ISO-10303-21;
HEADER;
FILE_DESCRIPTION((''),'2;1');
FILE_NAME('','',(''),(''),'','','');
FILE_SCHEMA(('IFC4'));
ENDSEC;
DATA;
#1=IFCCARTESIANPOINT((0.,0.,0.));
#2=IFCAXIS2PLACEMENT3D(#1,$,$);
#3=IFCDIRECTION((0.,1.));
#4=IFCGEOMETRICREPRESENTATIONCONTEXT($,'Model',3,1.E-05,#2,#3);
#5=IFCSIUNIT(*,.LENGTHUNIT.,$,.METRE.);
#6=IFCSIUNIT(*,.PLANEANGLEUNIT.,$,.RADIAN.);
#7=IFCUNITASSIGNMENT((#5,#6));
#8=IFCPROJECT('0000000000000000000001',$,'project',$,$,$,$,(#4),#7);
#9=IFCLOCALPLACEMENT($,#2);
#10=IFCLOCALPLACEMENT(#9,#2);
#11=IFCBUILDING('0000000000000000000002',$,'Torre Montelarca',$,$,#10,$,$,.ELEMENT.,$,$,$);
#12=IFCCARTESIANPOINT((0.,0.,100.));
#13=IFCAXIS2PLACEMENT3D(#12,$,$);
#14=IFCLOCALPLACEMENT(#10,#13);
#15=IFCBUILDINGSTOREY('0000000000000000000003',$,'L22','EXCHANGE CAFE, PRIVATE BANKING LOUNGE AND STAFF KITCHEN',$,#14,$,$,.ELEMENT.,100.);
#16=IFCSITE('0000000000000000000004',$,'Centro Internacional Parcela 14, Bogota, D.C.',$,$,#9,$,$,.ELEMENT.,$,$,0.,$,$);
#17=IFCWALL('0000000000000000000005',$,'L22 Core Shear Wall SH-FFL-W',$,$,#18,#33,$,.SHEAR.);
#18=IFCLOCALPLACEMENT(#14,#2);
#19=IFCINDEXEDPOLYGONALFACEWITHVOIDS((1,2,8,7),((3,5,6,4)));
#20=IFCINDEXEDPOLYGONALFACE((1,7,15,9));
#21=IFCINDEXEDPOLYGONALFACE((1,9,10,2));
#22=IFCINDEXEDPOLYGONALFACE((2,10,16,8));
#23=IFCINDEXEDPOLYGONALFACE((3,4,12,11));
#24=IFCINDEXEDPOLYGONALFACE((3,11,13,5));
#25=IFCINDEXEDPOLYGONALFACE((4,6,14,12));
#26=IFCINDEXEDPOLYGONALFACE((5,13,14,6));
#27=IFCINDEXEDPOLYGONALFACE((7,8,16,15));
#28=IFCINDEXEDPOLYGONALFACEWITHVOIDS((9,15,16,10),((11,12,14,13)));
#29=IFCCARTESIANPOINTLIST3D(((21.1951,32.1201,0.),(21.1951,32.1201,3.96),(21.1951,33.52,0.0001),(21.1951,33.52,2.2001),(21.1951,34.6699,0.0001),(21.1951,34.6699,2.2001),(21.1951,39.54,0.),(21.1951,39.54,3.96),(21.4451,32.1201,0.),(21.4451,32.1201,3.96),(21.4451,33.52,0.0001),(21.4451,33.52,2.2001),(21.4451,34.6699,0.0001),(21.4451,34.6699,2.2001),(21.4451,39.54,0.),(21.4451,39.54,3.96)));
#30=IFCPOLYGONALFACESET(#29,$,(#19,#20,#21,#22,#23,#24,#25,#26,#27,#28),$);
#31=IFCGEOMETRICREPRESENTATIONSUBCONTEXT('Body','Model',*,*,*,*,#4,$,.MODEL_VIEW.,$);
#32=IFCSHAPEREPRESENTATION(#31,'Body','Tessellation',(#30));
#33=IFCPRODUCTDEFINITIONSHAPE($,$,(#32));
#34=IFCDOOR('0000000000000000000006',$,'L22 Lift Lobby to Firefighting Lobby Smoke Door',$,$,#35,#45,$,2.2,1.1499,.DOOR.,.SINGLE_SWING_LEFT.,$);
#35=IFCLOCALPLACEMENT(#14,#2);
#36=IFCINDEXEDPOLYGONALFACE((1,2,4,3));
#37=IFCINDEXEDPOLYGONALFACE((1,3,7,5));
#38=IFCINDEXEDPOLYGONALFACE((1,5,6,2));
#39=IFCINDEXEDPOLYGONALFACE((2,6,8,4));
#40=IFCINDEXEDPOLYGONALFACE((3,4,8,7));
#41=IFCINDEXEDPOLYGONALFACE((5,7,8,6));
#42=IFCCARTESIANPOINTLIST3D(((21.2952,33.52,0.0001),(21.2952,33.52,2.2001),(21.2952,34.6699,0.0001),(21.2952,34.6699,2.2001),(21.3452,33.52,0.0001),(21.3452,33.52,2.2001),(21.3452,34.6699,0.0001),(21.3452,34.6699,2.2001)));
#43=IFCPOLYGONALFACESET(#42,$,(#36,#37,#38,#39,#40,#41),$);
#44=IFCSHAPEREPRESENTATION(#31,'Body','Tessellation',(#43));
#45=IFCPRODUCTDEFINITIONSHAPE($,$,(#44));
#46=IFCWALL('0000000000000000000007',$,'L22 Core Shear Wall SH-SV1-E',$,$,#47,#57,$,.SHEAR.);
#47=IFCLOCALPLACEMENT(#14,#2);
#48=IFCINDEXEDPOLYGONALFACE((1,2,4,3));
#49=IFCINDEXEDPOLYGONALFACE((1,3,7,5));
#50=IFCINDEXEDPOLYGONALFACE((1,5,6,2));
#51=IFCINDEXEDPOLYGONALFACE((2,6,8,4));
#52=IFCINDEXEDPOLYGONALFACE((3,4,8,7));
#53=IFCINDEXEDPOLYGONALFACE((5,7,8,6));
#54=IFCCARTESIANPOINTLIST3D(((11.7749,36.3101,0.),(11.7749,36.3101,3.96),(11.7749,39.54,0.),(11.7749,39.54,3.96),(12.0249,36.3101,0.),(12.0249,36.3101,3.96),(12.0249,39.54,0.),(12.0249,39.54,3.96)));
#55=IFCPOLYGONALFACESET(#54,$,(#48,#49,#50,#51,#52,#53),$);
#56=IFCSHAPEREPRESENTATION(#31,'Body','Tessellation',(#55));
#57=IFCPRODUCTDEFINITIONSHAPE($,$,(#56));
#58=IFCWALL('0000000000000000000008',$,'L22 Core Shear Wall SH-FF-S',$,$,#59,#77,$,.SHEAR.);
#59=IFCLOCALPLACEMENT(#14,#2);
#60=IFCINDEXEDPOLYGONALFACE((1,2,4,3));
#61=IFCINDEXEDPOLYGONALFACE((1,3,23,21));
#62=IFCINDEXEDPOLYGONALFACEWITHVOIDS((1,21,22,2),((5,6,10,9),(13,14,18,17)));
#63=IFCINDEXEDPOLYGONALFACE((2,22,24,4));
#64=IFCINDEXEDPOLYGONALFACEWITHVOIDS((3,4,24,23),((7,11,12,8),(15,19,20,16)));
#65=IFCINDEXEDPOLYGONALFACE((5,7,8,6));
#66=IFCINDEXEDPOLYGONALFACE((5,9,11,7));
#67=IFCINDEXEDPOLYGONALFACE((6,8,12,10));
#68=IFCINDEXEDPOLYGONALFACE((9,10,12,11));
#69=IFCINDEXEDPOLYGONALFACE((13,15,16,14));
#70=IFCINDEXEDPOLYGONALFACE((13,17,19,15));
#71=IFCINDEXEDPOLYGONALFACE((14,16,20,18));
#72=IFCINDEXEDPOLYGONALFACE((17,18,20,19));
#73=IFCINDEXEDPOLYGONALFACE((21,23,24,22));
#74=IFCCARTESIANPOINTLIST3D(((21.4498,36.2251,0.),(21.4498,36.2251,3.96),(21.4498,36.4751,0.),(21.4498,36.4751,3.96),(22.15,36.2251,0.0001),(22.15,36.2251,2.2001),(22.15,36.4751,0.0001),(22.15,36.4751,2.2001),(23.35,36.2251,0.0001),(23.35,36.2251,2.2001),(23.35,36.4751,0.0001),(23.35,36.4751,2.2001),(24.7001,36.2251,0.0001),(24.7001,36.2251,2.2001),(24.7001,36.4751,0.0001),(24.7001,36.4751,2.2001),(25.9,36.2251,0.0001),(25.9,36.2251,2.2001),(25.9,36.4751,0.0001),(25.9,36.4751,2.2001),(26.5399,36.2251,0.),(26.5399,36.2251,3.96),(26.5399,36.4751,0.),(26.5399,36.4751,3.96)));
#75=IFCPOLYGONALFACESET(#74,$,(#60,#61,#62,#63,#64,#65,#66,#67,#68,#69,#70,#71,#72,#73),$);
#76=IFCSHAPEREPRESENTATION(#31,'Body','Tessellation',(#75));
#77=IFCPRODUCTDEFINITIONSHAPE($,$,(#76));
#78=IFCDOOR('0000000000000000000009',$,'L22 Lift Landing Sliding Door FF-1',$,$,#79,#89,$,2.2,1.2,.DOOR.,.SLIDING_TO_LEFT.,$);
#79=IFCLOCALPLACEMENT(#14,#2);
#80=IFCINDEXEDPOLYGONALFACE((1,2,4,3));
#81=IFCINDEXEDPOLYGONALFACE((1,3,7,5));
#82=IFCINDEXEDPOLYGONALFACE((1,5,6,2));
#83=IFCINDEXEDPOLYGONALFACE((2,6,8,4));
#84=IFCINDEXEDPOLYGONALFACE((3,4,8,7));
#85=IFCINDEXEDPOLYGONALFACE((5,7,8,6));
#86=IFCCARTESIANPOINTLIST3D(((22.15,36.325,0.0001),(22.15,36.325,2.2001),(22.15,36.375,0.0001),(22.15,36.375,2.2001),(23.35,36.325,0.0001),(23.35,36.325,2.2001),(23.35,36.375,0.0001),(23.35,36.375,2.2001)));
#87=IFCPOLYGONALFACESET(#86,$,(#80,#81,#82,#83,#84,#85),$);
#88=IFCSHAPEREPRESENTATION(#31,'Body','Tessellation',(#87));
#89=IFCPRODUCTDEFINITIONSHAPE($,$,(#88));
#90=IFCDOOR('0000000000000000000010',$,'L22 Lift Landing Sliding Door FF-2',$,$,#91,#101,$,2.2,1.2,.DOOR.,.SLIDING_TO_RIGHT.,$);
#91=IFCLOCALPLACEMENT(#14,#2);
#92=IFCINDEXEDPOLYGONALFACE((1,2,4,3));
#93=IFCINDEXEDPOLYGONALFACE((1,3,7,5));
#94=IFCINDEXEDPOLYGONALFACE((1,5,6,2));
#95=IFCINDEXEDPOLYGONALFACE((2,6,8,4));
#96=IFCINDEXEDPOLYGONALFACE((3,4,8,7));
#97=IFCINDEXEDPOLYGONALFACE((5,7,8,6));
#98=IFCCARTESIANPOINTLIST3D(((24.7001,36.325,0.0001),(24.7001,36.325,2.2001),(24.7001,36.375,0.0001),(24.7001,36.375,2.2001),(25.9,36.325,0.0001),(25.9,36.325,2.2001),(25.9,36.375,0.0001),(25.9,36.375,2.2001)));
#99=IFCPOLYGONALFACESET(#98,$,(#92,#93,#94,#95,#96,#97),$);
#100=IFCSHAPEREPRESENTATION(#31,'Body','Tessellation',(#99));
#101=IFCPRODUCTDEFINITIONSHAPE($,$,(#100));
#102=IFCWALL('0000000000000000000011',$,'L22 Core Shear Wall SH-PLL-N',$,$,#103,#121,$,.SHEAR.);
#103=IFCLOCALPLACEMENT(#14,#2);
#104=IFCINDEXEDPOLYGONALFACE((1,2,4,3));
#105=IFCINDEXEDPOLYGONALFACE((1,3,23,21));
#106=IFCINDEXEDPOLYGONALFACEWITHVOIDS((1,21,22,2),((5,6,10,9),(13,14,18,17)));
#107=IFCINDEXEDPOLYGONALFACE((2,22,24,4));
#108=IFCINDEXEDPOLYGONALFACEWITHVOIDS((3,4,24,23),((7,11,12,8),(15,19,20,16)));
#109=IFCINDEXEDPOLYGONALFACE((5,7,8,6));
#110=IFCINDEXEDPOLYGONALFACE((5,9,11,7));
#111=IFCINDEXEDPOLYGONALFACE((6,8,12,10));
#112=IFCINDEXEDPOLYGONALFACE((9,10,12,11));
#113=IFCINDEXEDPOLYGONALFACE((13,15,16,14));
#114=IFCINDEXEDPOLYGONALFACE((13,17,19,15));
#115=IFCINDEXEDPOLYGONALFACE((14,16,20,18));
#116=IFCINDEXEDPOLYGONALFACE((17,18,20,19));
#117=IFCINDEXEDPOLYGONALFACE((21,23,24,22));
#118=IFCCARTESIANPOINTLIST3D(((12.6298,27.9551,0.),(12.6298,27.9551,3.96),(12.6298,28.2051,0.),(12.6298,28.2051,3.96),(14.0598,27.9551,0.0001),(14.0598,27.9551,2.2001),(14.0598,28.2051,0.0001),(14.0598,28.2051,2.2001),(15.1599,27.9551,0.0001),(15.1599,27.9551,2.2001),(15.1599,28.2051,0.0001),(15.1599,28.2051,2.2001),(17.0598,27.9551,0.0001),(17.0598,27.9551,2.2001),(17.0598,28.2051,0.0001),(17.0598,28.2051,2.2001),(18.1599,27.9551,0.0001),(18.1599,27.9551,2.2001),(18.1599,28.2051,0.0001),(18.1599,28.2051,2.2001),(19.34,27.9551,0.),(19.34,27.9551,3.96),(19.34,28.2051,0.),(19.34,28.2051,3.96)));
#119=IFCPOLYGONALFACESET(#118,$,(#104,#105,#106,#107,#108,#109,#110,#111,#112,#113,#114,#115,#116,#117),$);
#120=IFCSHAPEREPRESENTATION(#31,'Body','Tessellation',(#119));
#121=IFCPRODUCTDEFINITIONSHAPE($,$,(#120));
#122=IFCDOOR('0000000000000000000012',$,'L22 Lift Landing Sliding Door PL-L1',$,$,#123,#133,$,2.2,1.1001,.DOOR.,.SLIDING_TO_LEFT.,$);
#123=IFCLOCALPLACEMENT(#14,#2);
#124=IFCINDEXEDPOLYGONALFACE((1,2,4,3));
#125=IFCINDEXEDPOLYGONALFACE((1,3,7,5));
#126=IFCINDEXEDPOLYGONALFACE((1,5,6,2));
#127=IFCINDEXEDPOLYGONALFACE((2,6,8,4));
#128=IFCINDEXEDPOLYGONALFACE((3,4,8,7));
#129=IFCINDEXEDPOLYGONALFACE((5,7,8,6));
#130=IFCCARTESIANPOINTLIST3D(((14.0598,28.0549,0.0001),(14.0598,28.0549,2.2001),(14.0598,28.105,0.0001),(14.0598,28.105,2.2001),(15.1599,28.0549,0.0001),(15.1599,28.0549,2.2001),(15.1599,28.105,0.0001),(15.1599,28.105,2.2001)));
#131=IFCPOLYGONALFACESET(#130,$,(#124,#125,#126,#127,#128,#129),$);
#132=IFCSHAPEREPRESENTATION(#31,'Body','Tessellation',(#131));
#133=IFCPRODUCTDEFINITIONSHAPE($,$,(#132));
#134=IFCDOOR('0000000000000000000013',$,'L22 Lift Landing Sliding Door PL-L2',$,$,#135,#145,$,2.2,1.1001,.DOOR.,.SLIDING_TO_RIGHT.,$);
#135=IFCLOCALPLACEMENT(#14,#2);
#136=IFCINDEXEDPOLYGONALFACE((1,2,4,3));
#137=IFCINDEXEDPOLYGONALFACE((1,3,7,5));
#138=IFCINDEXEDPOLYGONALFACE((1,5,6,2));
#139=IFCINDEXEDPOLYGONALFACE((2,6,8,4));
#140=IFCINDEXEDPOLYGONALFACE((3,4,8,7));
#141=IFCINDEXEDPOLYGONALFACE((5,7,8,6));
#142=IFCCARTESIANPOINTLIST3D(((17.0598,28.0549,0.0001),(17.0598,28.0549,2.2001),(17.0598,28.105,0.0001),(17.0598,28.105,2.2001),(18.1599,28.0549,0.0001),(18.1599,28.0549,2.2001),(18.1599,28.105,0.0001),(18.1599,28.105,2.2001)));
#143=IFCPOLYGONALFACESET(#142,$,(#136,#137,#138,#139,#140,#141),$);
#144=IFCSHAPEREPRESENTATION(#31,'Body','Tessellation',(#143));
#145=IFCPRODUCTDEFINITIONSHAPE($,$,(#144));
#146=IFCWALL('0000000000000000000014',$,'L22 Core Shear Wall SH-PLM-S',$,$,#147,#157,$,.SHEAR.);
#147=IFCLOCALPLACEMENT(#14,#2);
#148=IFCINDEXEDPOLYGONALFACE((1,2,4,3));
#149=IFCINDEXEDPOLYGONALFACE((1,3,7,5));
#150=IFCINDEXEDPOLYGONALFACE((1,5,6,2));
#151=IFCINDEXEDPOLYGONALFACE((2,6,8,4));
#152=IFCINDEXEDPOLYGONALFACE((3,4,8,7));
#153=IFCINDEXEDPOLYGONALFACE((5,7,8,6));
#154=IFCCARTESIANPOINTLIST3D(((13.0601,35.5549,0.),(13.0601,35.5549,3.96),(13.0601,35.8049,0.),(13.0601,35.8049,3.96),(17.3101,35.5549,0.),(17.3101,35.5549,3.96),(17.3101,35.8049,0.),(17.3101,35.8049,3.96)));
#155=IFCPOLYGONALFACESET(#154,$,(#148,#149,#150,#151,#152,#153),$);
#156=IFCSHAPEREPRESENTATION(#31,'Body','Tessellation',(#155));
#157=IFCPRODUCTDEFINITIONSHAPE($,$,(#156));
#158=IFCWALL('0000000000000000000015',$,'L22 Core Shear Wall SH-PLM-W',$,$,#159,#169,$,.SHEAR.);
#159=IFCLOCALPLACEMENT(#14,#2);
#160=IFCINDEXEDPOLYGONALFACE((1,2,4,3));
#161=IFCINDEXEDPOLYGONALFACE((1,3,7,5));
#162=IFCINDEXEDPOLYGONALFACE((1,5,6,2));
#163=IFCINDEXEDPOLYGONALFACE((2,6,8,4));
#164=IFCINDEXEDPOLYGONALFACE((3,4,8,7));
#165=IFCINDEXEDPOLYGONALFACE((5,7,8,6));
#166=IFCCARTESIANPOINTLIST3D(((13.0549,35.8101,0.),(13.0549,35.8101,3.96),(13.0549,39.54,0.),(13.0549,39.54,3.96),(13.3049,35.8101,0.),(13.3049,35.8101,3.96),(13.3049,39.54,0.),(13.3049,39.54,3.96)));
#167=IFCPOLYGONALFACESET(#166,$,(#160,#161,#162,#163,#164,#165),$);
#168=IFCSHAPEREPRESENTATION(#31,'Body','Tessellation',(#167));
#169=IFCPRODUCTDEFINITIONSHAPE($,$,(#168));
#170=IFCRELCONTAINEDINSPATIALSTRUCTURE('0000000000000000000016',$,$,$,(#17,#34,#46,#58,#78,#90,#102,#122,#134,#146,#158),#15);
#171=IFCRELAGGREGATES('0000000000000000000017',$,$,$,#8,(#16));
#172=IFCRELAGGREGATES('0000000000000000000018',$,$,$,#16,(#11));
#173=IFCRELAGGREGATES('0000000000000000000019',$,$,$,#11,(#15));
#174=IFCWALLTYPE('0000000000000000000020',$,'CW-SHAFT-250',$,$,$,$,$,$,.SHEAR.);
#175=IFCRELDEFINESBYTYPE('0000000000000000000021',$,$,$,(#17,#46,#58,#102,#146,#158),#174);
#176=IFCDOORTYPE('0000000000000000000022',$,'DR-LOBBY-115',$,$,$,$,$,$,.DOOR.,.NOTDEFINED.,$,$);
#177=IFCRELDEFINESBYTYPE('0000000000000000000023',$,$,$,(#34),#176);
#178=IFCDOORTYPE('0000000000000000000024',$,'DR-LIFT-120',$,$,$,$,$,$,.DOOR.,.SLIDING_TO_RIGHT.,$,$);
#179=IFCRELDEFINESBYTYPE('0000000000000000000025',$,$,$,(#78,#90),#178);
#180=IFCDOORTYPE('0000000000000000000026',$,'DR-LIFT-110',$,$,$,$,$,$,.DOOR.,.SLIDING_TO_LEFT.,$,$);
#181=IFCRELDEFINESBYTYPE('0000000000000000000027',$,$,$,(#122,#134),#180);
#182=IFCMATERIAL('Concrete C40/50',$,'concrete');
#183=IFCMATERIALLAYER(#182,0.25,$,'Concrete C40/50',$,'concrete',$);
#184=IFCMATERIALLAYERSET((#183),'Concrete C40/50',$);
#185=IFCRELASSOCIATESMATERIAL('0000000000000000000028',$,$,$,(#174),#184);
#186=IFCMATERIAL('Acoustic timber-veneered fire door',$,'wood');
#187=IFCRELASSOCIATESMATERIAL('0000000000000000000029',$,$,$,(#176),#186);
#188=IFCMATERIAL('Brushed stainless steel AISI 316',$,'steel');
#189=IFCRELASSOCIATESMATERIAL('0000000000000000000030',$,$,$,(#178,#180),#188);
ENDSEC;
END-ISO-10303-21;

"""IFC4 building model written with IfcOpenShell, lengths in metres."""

from ifc_helpers import new_model, si_unit, direction, frame, frame_2d, origin, place, context, subcontext, project, spatial, rectangle, extrude, source, transform, mapped, material, layer, layer_set, type_object, element, fill, save


model = new_model("IFC4")

# Units and contexts
model_context = context("Model", 3, precision=1e-05, world=origin(), true_north=direction((0.0, 1.0)))
body_context = subcontext(model_context, "Body", "Model", "MODEL_VIEW")
ifc_project = project(units=[si_unit("LENGTHUNIT", "METRE"), si_unit("PLANEANGLEUNIT", "RADIAN")], contexts=[model_context])

# Site, building, storey
site_placement = place(None, origin())
site = spatial("IfcSite", under=ifc_project, at=site_placement, Name="Centro Internacional Parcela 14, Bogota, D.C.", CompositionType="ELEMENT", RefElevation=0.0)
building_placement = place(site_placement, origin())
building = spatial("IfcBuilding", under=site, at=building_placement, Name="Torre Montelarca", CompositionType="ELEMENT")
storey_placement = place(building_placement, frame((0.0, 0.0, 100.0)))
storey = spatial("IfcBuildingStorey", under=building, at=storey_placement, Name="L22", Description="EXCHANGE CAFE, PRIVATE BANKING LOUNGE AND STAFF KITCHEN", CompositionType="ELEMENT", Elevation=100.0)

# Wall, opening, door
ifc_material_1 = material(Name="Concrete C40/50", Category="concrete")
ifc_layer_1 = layer(ifc_material_1, 0.25, Name="Concrete C40/50", Category="concrete")
ifc_layer_set_1 = layer_set([ifc_layer_1], Name="Concrete C40/50")
wall_type_1 = type_object("IfcWallType", Name="CW-SHAFT-250", PredefinedType="SHEAR", material=ifc_layer_set_1)
wall_1_placement = place(storey_placement, frame((21.3201, 32.1201, 0.0), z_axis=(0.0, 0.0, 1.0), x_axis=(0.0, 1.0, 0.0)))
wall_1 = element("IfcWall", 1, at=wall_1_placement, inside=storey, type_object=wall_type_1, Name="L22 Core Shear Wall SH-FFL-W", PredefinedType="SHEAR", context=body_context, shape_type="SweptSolid", body=[
    extrude(rectangle(XDim=7.4199, YDim=0.25, at=frame_2d((3.71, 0.0))), origin(), (0.0, 0.0, 1.0), 3.96),
])
opening_1_placement = place(wall_1_placement, frame((1.3999, 0.0, 0.0)))
opening_1 = element("IfcOpeningElement", 2, at=opening_1_placement, cuts=wall_1, PredefinedType="OPENING", context=body_context, shape_type="SweptSolid", body=[
    extrude(rectangle(XDim=1.1499, YDim=2.2, at=frame_2d((0.575, 1.1001))), frame((0.0, 0.135, 0.0), z_axis=(0.0, -1.0, 0.0), x_axis=(1.0, 0.0, 0.0)), (0.0, 0.0, 1.0), 0.27),
])
ifc_material_2 = material(Name="Acoustic timber-veneered fire door", Category="wood")
door_type_1 = type_object("IfcDoorType", Name="DR-LOBBY-115", OperationType="NOTDEFINED", PredefinedType="DOOR", material=ifc_material_2)
shared_shape_1 = source(origin(), body_context, "Body", "SweptSolid", [
    extrude(rectangle(XDim=1.1499, YDim=2.2, at=frame_2d((0.575, 1.1001))), frame((0.0, 0.0249, 0.0), z_axis=(0.0, -1.0, 0.0), x_axis=(1.0, 0.0, 0.0)), (0.0, 0.0, 1.0), 0.05),
])
door_1_placement = place(opening_1_placement, origin())
door_1 = element("IfcDoor", 3, at=door_1_placement, inside=storey, type_object=door_type_1, Name="L22 Lift Lobby to Firefighting Lobby Smoke Door", OperationType="SINGLE_SWING_LEFT", OverallHeight=2.2, OverallWidth=1.1499, PredefinedType="DOOR", context=body_context, shape_type="MappedRepresentation", body=[
    mapped(shared_shape_1, transform((0.0, 0.0, 0.0), scale=1.0)),
])
fill(opening_1, door_1)

# Wall
wall_2_placement = place(storey_placement, frame((11.8999, 36.3101, 0.0), z_axis=(0.0, 0.0, 1.0), x_axis=(0.0, 1.0, 0.0)))
element("IfcWall", 4, at=wall_2_placement, inside=storey, type_object=wall_type_1, Name="L22 Core Shear Wall SH-SV1-E", PredefinedType="SHEAR", context=body_context, shape_type="SweptSolid", body=[
    extrude(rectangle(XDim=3.23, YDim=0.25, at=frame_2d((1.615, 0.0))), origin(), (0.0, 0.0, 1.0), 3.96),
])

# Walls, openings, doors
wall_3_placement = place(storey_placement, frame((21.45, 36.3501, 0.0), z_axis=(0.0, 0.0, 1.0), x_axis=(1.0, 0.0, 0.0)))
wall_3 = element("IfcWall", 5, at=wall_3_placement, inside=storey, type_object=wall_type_1, Name="L22 Core Shear Wall SH-FF-S", PredefinedType="SHEAR", context=body_context, shape_type="SweptSolid", body=[
    extrude(rectangle(XDim=5.0901, YDim=0.25, at=frame_2d((2.5449, 0.0))), origin(), (0.0, 0.0, 1.0), 3.96),
])
opening_2_placement = place(wall_3_placement, frame((0.7, 0.0, 0.0)))
opening_2 = element("IfcOpeningElement", 6, at=opening_2_placement, cuts=wall_3, PredefinedType="OPENING", context=body_context, shape_type="SweptSolid", body=[
    extrude(rectangle(XDim=1.2, YDim=2.2, at=frame_2d((0.6001, 1.1001))), frame((0.0, 0.135, 0.0), z_axis=(0.0, -1.0, 0.0), x_axis=(1.0, 0.0, 0.0)), (0.0, 0.0, 1.0), 0.27),
])
opening_3_placement = place(wall_3_placement, frame((3.25, 0.0, 0.0)))
opening_3 = element("IfcOpeningElement", 7, at=opening_3_placement, cuts=wall_3, PredefinedType="OPENING", context=body_context, shape_type="SweptSolid", body=[
    extrude(rectangle(XDim=1.2, YDim=2.2, at=frame_2d((0.6001, 1.1001))), frame((0.0, 0.135, 0.0), z_axis=(0.0, -1.0, 0.0), x_axis=(1.0, 0.0, 0.0)), (0.0, 0.0, 1.0), 0.27),
])
ifc_material_3 = material(Name="Brushed stainless steel AISI 316", Category="steel")
door_type_2 = type_object("IfcDoorType", Name="DR-LIFT-120", OperationType="SLIDING_TO_RIGHT", PredefinedType="DOOR", material=ifc_material_3)
shared_shape_2 = source(origin(), body_context, "Body", "SweptSolid", [
    extrude(rectangle(XDim=1.2, YDim=2.2, at=frame_2d((0.6001, 1.1001))), frame((0.0, 0.0249, 0.0), z_axis=(0.0, -1.0, 0.0), x_axis=(1.0, 0.0, 0.0)), (0.0, 0.0, 1.0), 0.05),
])
door_2_placement = place(opening_2_placement, origin())
door_2 = element("IfcDoor", 8, at=door_2_placement, inside=storey, type_object=door_type_2, Name="L22 Lift Landing Sliding Door FF-1", OperationType="SLIDING_TO_LEFT", OverallHeight=2.2, OverallWidth=1.2, PredefinedType="DOOR", context=body_context, shape_type="MappedRepresentation", body=[
    mapped(shared_shape_2, transform((0.0, 0.0, 0.0), scale=1.0)),
])
fill(opening_2, door_2)
door_3_placement = place(opening_3_placement, origin())
door_3 = element("IfcDoor", 9, at=door_3_placement, inside=storey, type_object=door_type_2, Name="L22 Lift Landing Sliding Door FF-2", OperationType="SLIDING_TO_RIGHT", OverallHeight=2.2, OverallWidth=1.2, PredefinedType="DOOR", context=body_context, shape_type="MappedRepresentation", body=[
    mapped(shared_shape_2, transform((0.0, 0.0, 0.0), scale=1.0)),
])
fill(opening_3, door_3)
wall_4_placement = place(storey_placement, frame((12.6299, 28.0801, 0.0), z_axis=(0.0, 0.0, 1.0), x_axis=(1.0, 0.0, 0.0)))
wall_4 = element("IfcWall", 10, at=wall_4_placement, inside=storey, type_object=wall_type_1, Name="L22 Core Shear Wall SH-PLL-N", PredefinedType="SHEAR", context=body_context, shape_type="SweptSolid", body=[
    extrude(rectangle(XDim=6.7102, YDim=0.25, at=frame_2d((3.355, 0.0))), origin(), (0.0, 0.0, 1.0), 3.96),
])
opening_4_placement = place(wall_4_placement, frame((1.4299, 0.0, 0.0)))
opening_4 = element("IfcOpeningElement", 11, at=opening_4_placement, cuts=wall_4, PredefinedType="OPENING", context=body_context, shape_type="SweptSolid", body=[
    extrude(rectangle(XDim=1.1001, YDim=2.2, at=frame_2d((0.55, 1.1001))), frame((0.0, 0.135, 0.0), z_axis=(0.0, -1.0, 0.0), x_axis=(1.0, 0.0, 0.0)), (0.0, 0.0, 1.0), 0.27),
])
opening_5_placement = place(wall_4_placement, frame((4.4299, 0.0, 0.0)))
opening_5 = element("IfcOpeningElement", 12, at=opening_5_placement, cuts=wall_4, PredefinedType="OPENING", context=body_context, shape_type="SweptSolid", body=[
    extrude(rectangle(XDim=1.1001, YDim=2.2, at=frame_2d((0.55, 1.1001))), frame((0.0, 0.135, 0.0), z_axis=(0.0, -1.0, 0.0), x_axis=(1.0, 0.0, 0.0)), (0.0, 0.0, 1.0), 0.27),
])
door_type_3 = type_object("IfcDoorType", Name="DR-LIFT-110", OperationType="SLIDING_TO_LEFT", PredefinedType="DOOR", material=ifc_material_3)
shared_shape_3 = source(origin(), body_context, "Body", "SweptSolid", [
    extrude(rectangle(XDim=1.1001, YDim=2.2, at=frame_2d((0.55, 1.1001))), frame((0.0, 0.0249, 0.0), z_axis=(0.0, -1.0, 0.0), x_axis=(1.0, 0.0, 0.0)), (0.0, 0.0, 1.0), 0.05),
])
door_4_placement = place(opening_4_placement, origin())
door_4 = element("IfcDoor", 13, at=door_4_placement, inside=storey, type_object=door_type_3, Name="L22 Lift Landing Sliding Door PL-L1", OperationType="SLIDING_TO_LEFT", OverallHeight=2.2, OverallWidth=1.1001, PredefinedType="DOOR", context=body_context, shape_type="MappedRepresentation", body=[
    mapped(shared_shape_3, transform((0.0, 0.0, 0.0), scale=1.0)),
])
fill(opening_4, door_4)
door_5_placement = place(opening_5_placement, origin())
door_5 = element("IfcDoor", 14, at=door_5_placement, inside=storey, type_object=door_type_3, Name="L22 Lift Landing Sliding Door PL-L2", OperationType="SLIDING_TO_RIGHT", OverallHeight=2.2, OverallWidth=1.1001, PredefinedType="DOOR", context=body_context, shape_type="MappedRepresentation", body=[
    mapped(shared_shape_3, transform((0.0, 0.0, 0.0), scale=1.0)),
])
fill(opening_5, door_5)

# Walls
wall_5_placement = place(storey_placement, frame((13.0601, 35.6799, 0.0), z_axis=(0.0, 0.0, 1.0), x_axis=(1.0, 0.0, 0.0)))
element("IfcWall", 15, at=wall_5_placement, inside=storey, type_object=wall_type_1, Name="L22 Core Shear Wall SH-PLM-S", PredefinedType="SHEAR", context=body_context, shape_type="SweptSolid", body=[
    extrude(rectangle(XDim=4.25, YDim=0.25, at=frame_2d((2.125, 0.0))), origin(), (0.0, 0.0, 1.0), 3.96),
])
for number, where, z_axis, x_axis, name in (
    (16, (13.1799, 35.8101, 0.0), (0.0, 0.0, 1.0), (0.0, 1.0, 0.0), "L22 Core Shear Wall SH-PLM-W"),
):
    element("IfcWall", number, at=place(storey_placement, frame(where, z_axis=z_axis, x_axis=x_axis)), inside=storey, type_object=wall_type_1, Name=name, PredefinedType="SHEAR", context=body_context, shape_type="SweptSolid", body=[
        extrude(rectangle(XDim=3.73, YDim=0.25, at=frame_2d((1.865, 0.0))), origin(), (0.0, 0.0, 1.0), 3.96),
    ])

save(model, "model.ifc")
